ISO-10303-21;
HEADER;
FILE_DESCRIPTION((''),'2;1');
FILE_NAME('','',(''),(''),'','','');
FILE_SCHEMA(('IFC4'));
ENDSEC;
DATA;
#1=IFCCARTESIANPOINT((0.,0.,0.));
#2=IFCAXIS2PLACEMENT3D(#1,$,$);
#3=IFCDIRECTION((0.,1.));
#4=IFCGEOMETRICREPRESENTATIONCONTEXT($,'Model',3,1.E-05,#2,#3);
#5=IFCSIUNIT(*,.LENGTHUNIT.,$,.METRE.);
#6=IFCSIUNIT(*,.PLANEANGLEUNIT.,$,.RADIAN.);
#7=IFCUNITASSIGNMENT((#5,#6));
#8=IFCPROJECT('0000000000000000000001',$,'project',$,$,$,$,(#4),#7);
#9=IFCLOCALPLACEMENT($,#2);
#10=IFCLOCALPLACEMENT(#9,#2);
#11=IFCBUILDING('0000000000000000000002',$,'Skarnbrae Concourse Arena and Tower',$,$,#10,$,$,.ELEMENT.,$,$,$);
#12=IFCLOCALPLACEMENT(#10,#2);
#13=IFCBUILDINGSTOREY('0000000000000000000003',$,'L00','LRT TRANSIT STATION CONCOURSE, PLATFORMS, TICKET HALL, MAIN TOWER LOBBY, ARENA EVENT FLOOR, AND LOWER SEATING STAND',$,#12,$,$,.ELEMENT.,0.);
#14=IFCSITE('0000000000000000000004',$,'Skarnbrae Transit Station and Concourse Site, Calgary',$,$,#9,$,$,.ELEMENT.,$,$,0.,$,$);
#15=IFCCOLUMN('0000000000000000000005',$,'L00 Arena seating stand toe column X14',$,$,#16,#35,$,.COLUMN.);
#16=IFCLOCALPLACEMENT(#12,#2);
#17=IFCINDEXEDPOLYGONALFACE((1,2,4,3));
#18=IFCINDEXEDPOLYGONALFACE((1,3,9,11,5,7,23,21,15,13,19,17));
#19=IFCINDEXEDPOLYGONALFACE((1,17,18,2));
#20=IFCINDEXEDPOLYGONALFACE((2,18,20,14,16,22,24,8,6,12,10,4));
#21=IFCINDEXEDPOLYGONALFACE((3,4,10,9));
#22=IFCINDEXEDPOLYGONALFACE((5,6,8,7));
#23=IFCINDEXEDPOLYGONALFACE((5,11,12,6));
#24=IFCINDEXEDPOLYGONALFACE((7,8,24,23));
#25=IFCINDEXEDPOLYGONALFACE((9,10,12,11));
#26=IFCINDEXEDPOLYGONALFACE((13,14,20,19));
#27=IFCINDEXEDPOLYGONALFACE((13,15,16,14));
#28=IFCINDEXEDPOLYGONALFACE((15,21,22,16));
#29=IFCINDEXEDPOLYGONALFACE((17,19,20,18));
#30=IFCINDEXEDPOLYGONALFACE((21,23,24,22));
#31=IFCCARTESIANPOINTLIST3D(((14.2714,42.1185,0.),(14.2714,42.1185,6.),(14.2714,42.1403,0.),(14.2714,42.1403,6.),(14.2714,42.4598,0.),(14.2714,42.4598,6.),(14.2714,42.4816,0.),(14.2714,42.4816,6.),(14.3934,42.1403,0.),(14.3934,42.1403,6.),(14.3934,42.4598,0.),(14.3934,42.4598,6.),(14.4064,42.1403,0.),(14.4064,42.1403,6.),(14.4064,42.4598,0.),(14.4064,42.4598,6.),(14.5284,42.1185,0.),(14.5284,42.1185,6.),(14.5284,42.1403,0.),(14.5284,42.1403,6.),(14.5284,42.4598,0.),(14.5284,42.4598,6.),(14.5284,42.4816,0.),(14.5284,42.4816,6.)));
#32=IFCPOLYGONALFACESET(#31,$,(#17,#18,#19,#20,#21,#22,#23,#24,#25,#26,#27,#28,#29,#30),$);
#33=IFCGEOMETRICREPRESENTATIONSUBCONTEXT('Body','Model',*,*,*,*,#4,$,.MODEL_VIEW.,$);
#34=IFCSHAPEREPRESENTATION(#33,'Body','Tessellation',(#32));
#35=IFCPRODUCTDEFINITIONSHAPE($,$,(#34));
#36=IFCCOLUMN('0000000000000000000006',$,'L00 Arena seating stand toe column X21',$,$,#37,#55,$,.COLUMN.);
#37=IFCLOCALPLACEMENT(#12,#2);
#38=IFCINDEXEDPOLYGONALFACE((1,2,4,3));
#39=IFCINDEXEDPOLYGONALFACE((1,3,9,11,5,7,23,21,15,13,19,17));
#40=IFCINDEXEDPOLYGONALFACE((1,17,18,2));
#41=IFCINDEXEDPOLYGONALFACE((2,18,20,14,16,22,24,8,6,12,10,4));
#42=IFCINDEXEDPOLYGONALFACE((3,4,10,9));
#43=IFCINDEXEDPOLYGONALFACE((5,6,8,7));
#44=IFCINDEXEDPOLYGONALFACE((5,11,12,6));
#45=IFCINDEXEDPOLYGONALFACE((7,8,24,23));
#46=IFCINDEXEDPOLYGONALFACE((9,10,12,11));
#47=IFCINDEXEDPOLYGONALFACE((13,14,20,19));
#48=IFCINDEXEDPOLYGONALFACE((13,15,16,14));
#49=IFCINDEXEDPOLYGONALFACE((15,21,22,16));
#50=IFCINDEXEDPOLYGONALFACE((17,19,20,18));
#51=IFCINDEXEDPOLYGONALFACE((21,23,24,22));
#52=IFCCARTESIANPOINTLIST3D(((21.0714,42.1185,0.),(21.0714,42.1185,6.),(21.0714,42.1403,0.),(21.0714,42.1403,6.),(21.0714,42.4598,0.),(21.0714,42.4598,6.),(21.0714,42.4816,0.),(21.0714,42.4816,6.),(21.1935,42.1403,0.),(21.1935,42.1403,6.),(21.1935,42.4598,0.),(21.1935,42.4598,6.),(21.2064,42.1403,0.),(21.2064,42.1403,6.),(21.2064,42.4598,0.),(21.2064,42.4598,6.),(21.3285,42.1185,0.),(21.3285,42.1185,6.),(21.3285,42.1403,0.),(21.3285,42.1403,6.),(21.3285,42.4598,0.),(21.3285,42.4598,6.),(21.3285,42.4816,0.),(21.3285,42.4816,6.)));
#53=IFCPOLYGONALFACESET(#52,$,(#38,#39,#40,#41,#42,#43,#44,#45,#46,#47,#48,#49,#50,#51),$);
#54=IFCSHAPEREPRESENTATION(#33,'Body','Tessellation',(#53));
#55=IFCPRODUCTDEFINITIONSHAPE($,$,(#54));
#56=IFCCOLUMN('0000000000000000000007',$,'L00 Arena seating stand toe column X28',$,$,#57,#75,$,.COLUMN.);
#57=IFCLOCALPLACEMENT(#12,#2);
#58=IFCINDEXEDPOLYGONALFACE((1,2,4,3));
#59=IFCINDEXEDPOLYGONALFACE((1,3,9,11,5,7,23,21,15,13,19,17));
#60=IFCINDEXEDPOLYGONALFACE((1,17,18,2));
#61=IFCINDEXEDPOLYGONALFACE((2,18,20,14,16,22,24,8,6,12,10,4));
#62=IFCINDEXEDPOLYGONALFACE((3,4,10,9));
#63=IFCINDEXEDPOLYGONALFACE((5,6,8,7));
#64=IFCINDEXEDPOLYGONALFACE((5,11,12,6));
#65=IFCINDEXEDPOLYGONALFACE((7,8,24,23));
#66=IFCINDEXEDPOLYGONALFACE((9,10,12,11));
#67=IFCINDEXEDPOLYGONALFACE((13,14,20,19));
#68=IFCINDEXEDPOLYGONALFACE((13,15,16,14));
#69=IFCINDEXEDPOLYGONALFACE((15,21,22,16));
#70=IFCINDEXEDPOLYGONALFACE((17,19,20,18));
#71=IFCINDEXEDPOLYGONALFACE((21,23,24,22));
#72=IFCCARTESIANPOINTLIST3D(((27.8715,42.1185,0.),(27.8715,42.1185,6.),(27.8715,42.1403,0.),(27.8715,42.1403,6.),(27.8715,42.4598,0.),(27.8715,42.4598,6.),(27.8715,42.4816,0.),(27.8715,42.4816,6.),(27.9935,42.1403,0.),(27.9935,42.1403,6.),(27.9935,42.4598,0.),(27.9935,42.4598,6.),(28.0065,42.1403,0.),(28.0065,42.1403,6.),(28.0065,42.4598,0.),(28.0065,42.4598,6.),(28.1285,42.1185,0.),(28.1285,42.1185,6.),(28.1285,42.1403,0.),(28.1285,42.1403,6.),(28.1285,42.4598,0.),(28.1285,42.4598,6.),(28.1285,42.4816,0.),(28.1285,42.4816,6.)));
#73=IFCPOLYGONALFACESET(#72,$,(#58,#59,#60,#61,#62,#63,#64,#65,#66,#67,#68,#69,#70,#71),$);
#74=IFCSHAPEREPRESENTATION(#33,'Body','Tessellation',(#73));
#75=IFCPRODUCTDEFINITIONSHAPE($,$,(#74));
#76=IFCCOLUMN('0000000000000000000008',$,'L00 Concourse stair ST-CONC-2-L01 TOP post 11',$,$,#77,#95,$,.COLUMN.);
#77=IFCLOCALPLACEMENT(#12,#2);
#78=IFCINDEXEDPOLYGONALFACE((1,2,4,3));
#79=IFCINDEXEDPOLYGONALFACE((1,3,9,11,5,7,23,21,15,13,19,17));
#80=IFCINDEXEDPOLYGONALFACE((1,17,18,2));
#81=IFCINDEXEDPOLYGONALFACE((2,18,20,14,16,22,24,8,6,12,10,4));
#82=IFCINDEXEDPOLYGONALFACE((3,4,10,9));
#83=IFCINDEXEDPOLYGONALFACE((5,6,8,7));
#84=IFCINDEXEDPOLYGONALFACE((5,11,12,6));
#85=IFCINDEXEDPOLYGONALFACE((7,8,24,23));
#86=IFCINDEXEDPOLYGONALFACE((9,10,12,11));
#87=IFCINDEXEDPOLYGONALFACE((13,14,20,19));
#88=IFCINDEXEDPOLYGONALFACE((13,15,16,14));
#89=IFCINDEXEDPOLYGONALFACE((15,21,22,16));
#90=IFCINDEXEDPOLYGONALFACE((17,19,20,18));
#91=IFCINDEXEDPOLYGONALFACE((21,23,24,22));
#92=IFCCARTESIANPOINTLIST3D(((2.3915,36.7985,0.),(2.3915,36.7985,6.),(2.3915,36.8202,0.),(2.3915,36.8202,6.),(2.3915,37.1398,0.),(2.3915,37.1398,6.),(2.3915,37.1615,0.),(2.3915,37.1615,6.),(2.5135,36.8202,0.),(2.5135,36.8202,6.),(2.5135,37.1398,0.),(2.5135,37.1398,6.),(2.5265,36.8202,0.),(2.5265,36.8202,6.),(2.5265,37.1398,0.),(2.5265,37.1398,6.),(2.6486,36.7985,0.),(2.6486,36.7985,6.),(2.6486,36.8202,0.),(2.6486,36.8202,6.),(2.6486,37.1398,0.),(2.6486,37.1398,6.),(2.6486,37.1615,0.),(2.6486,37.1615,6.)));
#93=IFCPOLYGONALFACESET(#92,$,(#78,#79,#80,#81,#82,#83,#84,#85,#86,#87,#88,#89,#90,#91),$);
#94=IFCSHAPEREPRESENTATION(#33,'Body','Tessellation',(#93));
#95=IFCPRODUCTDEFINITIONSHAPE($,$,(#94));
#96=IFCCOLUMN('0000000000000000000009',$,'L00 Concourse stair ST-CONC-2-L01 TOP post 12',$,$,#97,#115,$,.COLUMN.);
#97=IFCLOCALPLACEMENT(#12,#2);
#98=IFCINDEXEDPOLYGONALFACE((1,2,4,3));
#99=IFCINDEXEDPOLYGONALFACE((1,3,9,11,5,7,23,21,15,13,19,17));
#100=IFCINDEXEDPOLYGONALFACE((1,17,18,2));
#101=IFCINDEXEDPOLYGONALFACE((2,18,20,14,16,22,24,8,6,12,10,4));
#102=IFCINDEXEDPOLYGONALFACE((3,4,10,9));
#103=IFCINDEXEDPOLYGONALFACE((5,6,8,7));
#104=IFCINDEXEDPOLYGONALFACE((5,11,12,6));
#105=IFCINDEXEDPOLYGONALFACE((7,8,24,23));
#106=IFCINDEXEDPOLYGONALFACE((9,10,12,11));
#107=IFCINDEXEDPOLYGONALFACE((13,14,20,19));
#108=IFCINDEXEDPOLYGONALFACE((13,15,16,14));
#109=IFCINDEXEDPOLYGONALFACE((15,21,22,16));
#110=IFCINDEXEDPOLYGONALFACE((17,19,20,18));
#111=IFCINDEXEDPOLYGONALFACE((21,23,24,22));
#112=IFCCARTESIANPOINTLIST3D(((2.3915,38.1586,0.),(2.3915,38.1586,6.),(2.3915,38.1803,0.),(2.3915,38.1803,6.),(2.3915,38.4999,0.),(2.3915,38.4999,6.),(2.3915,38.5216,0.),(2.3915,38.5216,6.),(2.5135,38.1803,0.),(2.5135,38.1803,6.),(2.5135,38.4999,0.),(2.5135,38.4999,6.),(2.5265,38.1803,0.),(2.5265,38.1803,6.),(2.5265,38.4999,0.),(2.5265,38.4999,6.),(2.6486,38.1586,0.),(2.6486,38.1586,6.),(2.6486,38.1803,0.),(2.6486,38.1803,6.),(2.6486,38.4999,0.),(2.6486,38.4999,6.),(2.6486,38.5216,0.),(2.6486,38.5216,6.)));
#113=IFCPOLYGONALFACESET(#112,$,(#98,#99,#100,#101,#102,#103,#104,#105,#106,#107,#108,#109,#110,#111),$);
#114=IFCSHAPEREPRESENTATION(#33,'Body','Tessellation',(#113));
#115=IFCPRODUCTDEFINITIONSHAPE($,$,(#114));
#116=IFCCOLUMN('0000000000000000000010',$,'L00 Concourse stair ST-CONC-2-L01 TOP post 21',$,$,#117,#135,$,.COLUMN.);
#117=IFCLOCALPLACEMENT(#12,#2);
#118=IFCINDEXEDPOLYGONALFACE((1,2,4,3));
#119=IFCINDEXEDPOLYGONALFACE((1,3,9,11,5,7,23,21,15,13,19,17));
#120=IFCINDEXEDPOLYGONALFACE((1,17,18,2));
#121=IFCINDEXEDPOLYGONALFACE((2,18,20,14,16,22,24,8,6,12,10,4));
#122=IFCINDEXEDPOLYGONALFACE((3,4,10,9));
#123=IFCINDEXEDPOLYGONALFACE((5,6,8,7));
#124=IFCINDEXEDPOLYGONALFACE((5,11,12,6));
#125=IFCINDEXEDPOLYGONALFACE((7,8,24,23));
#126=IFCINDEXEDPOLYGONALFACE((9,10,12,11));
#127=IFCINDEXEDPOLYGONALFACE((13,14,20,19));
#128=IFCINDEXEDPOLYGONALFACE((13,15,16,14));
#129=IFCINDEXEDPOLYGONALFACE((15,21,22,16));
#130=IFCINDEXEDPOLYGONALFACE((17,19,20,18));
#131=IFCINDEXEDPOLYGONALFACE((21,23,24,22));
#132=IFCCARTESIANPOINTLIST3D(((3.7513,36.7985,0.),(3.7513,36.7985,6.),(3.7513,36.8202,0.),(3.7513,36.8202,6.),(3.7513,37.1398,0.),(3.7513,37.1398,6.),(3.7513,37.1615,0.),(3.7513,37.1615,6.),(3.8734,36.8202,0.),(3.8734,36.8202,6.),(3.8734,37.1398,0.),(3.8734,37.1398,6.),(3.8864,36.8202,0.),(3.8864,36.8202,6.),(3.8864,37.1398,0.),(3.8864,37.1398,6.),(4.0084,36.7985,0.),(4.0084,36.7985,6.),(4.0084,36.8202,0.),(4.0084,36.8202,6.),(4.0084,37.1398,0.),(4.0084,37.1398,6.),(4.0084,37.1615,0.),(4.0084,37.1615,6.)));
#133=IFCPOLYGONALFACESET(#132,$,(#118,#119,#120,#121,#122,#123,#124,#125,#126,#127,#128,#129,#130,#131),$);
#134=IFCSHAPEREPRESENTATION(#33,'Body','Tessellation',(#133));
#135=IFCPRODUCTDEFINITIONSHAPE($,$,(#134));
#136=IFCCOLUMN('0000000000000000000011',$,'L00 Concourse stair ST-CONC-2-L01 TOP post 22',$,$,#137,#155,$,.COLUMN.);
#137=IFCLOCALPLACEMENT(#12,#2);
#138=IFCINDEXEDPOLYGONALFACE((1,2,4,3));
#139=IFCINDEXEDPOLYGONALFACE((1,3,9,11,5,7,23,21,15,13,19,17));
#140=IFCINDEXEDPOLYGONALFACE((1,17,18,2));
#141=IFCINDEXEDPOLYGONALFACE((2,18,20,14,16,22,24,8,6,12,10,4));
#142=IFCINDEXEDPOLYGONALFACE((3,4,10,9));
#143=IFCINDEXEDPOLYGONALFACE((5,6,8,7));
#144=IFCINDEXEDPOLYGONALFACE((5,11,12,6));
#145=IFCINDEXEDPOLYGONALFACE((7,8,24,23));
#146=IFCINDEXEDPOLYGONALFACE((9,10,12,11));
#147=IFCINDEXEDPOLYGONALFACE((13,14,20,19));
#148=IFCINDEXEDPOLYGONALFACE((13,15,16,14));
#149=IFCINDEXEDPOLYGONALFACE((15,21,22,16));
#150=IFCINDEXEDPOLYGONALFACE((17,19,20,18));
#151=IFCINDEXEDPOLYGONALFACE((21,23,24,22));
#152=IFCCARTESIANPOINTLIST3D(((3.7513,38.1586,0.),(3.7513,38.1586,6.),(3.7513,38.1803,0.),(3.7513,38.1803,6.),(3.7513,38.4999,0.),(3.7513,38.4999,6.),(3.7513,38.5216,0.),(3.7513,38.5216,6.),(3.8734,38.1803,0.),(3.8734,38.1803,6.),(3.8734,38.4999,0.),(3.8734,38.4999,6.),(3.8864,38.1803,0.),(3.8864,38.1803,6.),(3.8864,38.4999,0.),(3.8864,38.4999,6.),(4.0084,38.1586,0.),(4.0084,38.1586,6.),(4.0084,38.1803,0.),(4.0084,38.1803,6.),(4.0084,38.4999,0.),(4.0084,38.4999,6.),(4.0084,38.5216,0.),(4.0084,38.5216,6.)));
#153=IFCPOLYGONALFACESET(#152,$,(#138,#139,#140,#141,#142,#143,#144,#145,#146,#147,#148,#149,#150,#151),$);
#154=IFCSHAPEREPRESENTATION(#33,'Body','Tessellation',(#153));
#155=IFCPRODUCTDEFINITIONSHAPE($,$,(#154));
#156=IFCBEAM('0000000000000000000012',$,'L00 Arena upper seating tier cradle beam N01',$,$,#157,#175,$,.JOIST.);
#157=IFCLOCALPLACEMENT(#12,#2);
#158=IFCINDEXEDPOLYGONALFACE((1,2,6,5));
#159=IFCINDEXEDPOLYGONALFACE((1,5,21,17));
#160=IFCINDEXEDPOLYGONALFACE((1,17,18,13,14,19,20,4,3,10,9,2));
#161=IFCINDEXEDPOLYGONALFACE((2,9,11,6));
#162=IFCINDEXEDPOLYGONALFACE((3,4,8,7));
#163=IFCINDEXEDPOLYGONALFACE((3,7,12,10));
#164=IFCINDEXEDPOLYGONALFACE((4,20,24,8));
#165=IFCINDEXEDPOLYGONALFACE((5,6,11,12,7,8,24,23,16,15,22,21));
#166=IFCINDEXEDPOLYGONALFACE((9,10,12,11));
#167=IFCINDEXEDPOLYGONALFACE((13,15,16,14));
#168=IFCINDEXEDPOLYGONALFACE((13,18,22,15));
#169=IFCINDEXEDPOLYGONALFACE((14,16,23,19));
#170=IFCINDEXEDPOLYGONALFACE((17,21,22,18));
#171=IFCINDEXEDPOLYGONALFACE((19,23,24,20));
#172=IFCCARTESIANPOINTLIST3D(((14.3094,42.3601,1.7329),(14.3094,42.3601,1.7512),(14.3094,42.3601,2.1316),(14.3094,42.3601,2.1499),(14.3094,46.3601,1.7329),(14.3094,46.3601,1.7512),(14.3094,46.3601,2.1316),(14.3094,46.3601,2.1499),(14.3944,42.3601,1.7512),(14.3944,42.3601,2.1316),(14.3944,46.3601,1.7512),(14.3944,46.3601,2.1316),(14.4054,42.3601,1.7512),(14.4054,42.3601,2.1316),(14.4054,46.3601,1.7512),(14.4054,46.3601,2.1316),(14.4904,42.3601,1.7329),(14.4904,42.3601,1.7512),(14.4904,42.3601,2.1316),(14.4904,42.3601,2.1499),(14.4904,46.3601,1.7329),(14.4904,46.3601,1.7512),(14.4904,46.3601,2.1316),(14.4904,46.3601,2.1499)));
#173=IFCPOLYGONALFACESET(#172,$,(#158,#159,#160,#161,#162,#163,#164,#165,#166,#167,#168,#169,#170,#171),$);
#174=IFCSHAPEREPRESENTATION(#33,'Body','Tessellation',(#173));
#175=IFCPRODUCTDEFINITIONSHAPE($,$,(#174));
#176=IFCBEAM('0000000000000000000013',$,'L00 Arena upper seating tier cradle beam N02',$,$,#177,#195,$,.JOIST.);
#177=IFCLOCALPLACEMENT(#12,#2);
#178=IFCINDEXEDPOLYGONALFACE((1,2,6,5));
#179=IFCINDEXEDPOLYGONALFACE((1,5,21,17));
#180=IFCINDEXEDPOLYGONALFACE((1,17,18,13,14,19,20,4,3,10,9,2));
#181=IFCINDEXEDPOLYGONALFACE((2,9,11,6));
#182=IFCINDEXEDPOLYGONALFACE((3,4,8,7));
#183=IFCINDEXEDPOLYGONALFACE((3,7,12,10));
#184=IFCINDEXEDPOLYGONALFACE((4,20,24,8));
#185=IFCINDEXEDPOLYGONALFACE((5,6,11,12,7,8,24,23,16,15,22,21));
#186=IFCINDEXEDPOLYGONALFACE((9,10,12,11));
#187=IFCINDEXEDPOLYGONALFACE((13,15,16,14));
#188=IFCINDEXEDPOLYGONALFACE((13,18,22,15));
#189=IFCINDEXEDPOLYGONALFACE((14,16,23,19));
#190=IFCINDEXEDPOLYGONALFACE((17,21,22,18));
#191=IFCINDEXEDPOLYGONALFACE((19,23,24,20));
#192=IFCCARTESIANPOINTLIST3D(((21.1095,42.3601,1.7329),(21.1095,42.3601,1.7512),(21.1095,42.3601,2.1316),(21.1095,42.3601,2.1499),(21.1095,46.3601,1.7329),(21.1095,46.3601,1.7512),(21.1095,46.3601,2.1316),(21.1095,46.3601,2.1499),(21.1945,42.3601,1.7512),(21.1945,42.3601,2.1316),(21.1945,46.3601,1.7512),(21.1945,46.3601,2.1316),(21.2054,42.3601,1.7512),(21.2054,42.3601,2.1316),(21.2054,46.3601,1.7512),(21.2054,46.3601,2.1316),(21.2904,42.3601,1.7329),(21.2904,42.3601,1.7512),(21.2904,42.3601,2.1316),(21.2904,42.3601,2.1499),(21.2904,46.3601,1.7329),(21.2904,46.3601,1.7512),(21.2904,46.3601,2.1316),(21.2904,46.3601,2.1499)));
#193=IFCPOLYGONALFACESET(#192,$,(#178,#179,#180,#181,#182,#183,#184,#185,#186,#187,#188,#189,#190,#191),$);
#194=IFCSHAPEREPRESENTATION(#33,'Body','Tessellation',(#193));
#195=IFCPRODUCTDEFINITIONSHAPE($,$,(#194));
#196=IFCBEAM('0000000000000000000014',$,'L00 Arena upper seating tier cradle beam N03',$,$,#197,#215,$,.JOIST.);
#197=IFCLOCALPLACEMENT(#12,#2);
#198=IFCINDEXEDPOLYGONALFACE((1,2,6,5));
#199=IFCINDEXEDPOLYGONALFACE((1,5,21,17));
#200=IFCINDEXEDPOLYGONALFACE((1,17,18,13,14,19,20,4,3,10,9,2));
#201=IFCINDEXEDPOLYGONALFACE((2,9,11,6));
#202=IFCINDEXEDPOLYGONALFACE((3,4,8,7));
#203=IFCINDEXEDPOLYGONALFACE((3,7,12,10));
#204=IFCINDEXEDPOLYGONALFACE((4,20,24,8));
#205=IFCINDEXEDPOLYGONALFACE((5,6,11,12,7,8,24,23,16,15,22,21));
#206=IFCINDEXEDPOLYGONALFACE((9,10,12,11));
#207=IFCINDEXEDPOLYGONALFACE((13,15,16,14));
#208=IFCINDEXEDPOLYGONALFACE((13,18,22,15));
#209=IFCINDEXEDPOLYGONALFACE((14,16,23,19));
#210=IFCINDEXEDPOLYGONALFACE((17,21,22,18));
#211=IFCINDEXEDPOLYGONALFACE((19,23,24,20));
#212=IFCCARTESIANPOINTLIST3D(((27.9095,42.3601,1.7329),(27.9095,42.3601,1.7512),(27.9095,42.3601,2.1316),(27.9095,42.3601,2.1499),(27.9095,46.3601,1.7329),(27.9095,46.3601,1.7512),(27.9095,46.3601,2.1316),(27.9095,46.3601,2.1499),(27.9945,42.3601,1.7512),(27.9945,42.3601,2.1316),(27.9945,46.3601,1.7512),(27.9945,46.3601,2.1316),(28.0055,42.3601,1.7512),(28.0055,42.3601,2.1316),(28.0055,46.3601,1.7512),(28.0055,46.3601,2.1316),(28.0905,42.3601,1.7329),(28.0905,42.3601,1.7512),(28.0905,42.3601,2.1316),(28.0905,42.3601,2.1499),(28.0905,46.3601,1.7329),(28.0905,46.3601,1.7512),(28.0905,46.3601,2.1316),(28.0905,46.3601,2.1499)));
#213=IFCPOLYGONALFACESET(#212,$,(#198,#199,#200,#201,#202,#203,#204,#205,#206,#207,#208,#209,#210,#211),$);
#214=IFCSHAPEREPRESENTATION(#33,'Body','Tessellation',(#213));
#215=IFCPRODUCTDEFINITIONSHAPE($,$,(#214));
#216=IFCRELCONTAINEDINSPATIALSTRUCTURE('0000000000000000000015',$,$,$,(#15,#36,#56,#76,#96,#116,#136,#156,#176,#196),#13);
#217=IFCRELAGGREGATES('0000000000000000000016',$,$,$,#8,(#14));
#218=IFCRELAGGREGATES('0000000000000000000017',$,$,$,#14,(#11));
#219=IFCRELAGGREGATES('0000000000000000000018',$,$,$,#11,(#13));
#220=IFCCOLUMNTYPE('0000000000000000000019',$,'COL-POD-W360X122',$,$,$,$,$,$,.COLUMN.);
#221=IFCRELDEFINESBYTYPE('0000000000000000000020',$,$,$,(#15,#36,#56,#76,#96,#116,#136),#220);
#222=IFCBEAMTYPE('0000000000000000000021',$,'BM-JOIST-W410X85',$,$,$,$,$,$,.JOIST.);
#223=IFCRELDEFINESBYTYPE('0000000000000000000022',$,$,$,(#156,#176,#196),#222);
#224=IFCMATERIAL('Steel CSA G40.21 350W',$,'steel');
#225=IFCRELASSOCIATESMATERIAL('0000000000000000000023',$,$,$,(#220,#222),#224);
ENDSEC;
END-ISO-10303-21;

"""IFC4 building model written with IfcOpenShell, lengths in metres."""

from ifc_helpers import new_model, si_unit, direction, frame, origin, origin_2d, place, context, subcontext, project, spatial, i_section, extrude, source, transform, mapped, material, material_profile, profile_set, type_object, element, save


model = new_model("IFC4")

# Units and contexts
model_context = context("Model", 3, precision=1e-05, world=origin(), true_north=direction((0.0, 1.0)))
body_context = subcontext(model_context, "Body", "Model", "MODEL_VIEW")
ifc_project = project(units=[si_unit("LENGTHUNIT", "METRE"), si_unit("PLANEANGLEUNIT", "RADIAN")], contexts=[model_context])

# Site, building, storey
site_placement = place(None, origin())
site = spatial("IfcSite", under=ifc_project, at=site_placement, Name="Skarnbrae Transit Station and Concourse Site, Calgary", CompositionType="ELEMENT", RefElevation=0.0)
building_placement = place(site_placement, origin())
building = spatial("IfcBuilding", under=site, at=building_placement, Name="Skarnbrae Concourse Arena and Tower", CompositionType="ELEMENT")
storey_placement = place(building_placement, origin())
storey = spatial("IfcBuildingStorey", under=building, at=storey_placement, Name="L00", Description="LRT TRANSIT STATION CONCOURSE, PLATFORMS, TICKET HALL, MAIN TOWER LOBBY, ARENA EVENT FLOOR, AND LOWER SEATING STAND", CompositionType="ELEMENT", Elevation=0.0)

# Columns
ifc_material_1 = material(Name="Steel CSA G40.21 350W", Category="steel")
ifc_material_profile_1 = material_profile(ifc_material_1, i_section(OverallWidth=0.2571, OverallDepth=0.363, WebThickness=0.0129, FlangeThickness=0.0217, at=origin_2d()), Name="W360X122")
ifc_profile_set_1 = profile_set([ifc_material_profile_1], Name="Steel CSA G40.21 350W")
column_type = type_object("IfcColumnType", Name="COL-POD-W360X122", PredefinedType="COLUMN", material=ifc_profile_set_1)
shared_shape_1 = source(origin(), body_context, "Body", "SweptSolid", [
    extrude(i_section(OverallWidth=0.2571, OverallDepth=0.363, WebThickness=0.0129, FlangeThickness=0.0217, at=origin_2d()), origin(), (0.0, 0.0, 1.0), 6.0),
])
for number, where, z_axis, x_axis, name in (
    (1, (14.3999, 42.3, 0.0), (0.0, 0.0, 1.0), (1.0, 0.0, 0.0), "L00 Arena seating stand toe column X14"),
    (2, (21.2, 42.3, 0.0), (0.0, 0.0, 1.0), (1.0, 0.0, 0.0), "L00 Arena seating stand toe column X21"),
    (3, (28.0, 42.3, 0.0), (0.0, 0.0, 1.0), (1.0, 0.0, 0.0), "L00 Arena seating stand toe column X28"),
    (4, (2.52, 36.98, 0.0), (0.0, 0.0, 1.0), (1.0, 0.0, 0.0), "L00 Concourse stair ST-CONC-2-L01 TOP post 11"),
    (5, (2.52, 38.3401, 0.0), (0.0, 0.0, 1.0), (1.0, 0.0, 0.0), "L00 Concourse stair ST-CONC-2-L01 TOP post 12"),
    (6, (3.8799, 36.98, 0.0), (0.0, 0.0, 1.0), (1.0, 0.0, 0.0), "L00 Concourse stair ST-CONC-2-L01 TOP post 21"),
    (7, (3.8799, 38.3401, 0.0), (0.0, 0.0, 1.0), (1.0, 0.0, 0.0), "L00 Concourse stair ST-CONC-2-L01 TOP post 22"),
):
    element("IfcColumn", number, at=place(storey_placement, frame(where, z_axis=z_axis, x_axis=x_axis)), inside=storey, type_object=column_type, Name=name, PredefinedType="COLUMN", context=body_context, shape_type="MappedRepresentation", body=[
        mapped(shared_shape_1, transform((0.0, 0.0, 0.0))),
    ])

# Beams
ifc_material_profile_2 = material_profile(ifc_material_1, i_section(OverallWidth=0.1809, OverallDepth=0.417, WebThickness=0.011, FlangeThickness=0.0183, at=origin_2d()), Name="W410X85")
ifc_profile_set_2 = profile_set([ifc_material_profile_2], Name="Steel CSA G40.21 350W")
beam_type_1 = type_object("IfcBeamType", Name="BM-JOIST-W410X85", PredefinedType="JOIST", material=ifc_profile_set_2)
shared_shape_2 = source(origin(), body_context, "Body", "SweptSolid", [
    extrude(i_section(OverallWidth=0.1809, OverallDepth=0.417, WebThickness=0.011, FlangeThickness=0.0183, at=origin_2d()), origin(), (0.0, 0.0, 1.0), 4.0),
])
for number, where, z_axis, x_axis, name in (
    (8, (14.3999, 42.3601, 1.9414), (0.0, 1.0, 0.0), (-1.0, 0.0, 0.0), "L00 Arena upper seating tier cradle beam N01"),
    (9, (21.2, 42.3601, 1.9414), (0.0, 1.0, 0.0), (-1.0, 0.0, 0.0), "L00 Arena upper seating tier cradle beam N02"),
    (10, (28.0, 42.3601, 1.9414), (0.0, 1.0, 0.0), (-1.0, 0.0, 0.0), "L00 Arena upper seating tier cradle beam N03"),
):
    element("IfcBeam", number, at=place(storey_placement, frame(where, z_axis=z_axis, x_axis=x_axis)), inside=storey, type_object=beam_type_1, Name=name, PredefinedType="JOIST", context=body_context, shape_type="MappedRepresentation", body=[
        mapped(shared_shape_2, transform((0.0, 0.0, 0.0))),
    ])

save(model, "model.ifc")
